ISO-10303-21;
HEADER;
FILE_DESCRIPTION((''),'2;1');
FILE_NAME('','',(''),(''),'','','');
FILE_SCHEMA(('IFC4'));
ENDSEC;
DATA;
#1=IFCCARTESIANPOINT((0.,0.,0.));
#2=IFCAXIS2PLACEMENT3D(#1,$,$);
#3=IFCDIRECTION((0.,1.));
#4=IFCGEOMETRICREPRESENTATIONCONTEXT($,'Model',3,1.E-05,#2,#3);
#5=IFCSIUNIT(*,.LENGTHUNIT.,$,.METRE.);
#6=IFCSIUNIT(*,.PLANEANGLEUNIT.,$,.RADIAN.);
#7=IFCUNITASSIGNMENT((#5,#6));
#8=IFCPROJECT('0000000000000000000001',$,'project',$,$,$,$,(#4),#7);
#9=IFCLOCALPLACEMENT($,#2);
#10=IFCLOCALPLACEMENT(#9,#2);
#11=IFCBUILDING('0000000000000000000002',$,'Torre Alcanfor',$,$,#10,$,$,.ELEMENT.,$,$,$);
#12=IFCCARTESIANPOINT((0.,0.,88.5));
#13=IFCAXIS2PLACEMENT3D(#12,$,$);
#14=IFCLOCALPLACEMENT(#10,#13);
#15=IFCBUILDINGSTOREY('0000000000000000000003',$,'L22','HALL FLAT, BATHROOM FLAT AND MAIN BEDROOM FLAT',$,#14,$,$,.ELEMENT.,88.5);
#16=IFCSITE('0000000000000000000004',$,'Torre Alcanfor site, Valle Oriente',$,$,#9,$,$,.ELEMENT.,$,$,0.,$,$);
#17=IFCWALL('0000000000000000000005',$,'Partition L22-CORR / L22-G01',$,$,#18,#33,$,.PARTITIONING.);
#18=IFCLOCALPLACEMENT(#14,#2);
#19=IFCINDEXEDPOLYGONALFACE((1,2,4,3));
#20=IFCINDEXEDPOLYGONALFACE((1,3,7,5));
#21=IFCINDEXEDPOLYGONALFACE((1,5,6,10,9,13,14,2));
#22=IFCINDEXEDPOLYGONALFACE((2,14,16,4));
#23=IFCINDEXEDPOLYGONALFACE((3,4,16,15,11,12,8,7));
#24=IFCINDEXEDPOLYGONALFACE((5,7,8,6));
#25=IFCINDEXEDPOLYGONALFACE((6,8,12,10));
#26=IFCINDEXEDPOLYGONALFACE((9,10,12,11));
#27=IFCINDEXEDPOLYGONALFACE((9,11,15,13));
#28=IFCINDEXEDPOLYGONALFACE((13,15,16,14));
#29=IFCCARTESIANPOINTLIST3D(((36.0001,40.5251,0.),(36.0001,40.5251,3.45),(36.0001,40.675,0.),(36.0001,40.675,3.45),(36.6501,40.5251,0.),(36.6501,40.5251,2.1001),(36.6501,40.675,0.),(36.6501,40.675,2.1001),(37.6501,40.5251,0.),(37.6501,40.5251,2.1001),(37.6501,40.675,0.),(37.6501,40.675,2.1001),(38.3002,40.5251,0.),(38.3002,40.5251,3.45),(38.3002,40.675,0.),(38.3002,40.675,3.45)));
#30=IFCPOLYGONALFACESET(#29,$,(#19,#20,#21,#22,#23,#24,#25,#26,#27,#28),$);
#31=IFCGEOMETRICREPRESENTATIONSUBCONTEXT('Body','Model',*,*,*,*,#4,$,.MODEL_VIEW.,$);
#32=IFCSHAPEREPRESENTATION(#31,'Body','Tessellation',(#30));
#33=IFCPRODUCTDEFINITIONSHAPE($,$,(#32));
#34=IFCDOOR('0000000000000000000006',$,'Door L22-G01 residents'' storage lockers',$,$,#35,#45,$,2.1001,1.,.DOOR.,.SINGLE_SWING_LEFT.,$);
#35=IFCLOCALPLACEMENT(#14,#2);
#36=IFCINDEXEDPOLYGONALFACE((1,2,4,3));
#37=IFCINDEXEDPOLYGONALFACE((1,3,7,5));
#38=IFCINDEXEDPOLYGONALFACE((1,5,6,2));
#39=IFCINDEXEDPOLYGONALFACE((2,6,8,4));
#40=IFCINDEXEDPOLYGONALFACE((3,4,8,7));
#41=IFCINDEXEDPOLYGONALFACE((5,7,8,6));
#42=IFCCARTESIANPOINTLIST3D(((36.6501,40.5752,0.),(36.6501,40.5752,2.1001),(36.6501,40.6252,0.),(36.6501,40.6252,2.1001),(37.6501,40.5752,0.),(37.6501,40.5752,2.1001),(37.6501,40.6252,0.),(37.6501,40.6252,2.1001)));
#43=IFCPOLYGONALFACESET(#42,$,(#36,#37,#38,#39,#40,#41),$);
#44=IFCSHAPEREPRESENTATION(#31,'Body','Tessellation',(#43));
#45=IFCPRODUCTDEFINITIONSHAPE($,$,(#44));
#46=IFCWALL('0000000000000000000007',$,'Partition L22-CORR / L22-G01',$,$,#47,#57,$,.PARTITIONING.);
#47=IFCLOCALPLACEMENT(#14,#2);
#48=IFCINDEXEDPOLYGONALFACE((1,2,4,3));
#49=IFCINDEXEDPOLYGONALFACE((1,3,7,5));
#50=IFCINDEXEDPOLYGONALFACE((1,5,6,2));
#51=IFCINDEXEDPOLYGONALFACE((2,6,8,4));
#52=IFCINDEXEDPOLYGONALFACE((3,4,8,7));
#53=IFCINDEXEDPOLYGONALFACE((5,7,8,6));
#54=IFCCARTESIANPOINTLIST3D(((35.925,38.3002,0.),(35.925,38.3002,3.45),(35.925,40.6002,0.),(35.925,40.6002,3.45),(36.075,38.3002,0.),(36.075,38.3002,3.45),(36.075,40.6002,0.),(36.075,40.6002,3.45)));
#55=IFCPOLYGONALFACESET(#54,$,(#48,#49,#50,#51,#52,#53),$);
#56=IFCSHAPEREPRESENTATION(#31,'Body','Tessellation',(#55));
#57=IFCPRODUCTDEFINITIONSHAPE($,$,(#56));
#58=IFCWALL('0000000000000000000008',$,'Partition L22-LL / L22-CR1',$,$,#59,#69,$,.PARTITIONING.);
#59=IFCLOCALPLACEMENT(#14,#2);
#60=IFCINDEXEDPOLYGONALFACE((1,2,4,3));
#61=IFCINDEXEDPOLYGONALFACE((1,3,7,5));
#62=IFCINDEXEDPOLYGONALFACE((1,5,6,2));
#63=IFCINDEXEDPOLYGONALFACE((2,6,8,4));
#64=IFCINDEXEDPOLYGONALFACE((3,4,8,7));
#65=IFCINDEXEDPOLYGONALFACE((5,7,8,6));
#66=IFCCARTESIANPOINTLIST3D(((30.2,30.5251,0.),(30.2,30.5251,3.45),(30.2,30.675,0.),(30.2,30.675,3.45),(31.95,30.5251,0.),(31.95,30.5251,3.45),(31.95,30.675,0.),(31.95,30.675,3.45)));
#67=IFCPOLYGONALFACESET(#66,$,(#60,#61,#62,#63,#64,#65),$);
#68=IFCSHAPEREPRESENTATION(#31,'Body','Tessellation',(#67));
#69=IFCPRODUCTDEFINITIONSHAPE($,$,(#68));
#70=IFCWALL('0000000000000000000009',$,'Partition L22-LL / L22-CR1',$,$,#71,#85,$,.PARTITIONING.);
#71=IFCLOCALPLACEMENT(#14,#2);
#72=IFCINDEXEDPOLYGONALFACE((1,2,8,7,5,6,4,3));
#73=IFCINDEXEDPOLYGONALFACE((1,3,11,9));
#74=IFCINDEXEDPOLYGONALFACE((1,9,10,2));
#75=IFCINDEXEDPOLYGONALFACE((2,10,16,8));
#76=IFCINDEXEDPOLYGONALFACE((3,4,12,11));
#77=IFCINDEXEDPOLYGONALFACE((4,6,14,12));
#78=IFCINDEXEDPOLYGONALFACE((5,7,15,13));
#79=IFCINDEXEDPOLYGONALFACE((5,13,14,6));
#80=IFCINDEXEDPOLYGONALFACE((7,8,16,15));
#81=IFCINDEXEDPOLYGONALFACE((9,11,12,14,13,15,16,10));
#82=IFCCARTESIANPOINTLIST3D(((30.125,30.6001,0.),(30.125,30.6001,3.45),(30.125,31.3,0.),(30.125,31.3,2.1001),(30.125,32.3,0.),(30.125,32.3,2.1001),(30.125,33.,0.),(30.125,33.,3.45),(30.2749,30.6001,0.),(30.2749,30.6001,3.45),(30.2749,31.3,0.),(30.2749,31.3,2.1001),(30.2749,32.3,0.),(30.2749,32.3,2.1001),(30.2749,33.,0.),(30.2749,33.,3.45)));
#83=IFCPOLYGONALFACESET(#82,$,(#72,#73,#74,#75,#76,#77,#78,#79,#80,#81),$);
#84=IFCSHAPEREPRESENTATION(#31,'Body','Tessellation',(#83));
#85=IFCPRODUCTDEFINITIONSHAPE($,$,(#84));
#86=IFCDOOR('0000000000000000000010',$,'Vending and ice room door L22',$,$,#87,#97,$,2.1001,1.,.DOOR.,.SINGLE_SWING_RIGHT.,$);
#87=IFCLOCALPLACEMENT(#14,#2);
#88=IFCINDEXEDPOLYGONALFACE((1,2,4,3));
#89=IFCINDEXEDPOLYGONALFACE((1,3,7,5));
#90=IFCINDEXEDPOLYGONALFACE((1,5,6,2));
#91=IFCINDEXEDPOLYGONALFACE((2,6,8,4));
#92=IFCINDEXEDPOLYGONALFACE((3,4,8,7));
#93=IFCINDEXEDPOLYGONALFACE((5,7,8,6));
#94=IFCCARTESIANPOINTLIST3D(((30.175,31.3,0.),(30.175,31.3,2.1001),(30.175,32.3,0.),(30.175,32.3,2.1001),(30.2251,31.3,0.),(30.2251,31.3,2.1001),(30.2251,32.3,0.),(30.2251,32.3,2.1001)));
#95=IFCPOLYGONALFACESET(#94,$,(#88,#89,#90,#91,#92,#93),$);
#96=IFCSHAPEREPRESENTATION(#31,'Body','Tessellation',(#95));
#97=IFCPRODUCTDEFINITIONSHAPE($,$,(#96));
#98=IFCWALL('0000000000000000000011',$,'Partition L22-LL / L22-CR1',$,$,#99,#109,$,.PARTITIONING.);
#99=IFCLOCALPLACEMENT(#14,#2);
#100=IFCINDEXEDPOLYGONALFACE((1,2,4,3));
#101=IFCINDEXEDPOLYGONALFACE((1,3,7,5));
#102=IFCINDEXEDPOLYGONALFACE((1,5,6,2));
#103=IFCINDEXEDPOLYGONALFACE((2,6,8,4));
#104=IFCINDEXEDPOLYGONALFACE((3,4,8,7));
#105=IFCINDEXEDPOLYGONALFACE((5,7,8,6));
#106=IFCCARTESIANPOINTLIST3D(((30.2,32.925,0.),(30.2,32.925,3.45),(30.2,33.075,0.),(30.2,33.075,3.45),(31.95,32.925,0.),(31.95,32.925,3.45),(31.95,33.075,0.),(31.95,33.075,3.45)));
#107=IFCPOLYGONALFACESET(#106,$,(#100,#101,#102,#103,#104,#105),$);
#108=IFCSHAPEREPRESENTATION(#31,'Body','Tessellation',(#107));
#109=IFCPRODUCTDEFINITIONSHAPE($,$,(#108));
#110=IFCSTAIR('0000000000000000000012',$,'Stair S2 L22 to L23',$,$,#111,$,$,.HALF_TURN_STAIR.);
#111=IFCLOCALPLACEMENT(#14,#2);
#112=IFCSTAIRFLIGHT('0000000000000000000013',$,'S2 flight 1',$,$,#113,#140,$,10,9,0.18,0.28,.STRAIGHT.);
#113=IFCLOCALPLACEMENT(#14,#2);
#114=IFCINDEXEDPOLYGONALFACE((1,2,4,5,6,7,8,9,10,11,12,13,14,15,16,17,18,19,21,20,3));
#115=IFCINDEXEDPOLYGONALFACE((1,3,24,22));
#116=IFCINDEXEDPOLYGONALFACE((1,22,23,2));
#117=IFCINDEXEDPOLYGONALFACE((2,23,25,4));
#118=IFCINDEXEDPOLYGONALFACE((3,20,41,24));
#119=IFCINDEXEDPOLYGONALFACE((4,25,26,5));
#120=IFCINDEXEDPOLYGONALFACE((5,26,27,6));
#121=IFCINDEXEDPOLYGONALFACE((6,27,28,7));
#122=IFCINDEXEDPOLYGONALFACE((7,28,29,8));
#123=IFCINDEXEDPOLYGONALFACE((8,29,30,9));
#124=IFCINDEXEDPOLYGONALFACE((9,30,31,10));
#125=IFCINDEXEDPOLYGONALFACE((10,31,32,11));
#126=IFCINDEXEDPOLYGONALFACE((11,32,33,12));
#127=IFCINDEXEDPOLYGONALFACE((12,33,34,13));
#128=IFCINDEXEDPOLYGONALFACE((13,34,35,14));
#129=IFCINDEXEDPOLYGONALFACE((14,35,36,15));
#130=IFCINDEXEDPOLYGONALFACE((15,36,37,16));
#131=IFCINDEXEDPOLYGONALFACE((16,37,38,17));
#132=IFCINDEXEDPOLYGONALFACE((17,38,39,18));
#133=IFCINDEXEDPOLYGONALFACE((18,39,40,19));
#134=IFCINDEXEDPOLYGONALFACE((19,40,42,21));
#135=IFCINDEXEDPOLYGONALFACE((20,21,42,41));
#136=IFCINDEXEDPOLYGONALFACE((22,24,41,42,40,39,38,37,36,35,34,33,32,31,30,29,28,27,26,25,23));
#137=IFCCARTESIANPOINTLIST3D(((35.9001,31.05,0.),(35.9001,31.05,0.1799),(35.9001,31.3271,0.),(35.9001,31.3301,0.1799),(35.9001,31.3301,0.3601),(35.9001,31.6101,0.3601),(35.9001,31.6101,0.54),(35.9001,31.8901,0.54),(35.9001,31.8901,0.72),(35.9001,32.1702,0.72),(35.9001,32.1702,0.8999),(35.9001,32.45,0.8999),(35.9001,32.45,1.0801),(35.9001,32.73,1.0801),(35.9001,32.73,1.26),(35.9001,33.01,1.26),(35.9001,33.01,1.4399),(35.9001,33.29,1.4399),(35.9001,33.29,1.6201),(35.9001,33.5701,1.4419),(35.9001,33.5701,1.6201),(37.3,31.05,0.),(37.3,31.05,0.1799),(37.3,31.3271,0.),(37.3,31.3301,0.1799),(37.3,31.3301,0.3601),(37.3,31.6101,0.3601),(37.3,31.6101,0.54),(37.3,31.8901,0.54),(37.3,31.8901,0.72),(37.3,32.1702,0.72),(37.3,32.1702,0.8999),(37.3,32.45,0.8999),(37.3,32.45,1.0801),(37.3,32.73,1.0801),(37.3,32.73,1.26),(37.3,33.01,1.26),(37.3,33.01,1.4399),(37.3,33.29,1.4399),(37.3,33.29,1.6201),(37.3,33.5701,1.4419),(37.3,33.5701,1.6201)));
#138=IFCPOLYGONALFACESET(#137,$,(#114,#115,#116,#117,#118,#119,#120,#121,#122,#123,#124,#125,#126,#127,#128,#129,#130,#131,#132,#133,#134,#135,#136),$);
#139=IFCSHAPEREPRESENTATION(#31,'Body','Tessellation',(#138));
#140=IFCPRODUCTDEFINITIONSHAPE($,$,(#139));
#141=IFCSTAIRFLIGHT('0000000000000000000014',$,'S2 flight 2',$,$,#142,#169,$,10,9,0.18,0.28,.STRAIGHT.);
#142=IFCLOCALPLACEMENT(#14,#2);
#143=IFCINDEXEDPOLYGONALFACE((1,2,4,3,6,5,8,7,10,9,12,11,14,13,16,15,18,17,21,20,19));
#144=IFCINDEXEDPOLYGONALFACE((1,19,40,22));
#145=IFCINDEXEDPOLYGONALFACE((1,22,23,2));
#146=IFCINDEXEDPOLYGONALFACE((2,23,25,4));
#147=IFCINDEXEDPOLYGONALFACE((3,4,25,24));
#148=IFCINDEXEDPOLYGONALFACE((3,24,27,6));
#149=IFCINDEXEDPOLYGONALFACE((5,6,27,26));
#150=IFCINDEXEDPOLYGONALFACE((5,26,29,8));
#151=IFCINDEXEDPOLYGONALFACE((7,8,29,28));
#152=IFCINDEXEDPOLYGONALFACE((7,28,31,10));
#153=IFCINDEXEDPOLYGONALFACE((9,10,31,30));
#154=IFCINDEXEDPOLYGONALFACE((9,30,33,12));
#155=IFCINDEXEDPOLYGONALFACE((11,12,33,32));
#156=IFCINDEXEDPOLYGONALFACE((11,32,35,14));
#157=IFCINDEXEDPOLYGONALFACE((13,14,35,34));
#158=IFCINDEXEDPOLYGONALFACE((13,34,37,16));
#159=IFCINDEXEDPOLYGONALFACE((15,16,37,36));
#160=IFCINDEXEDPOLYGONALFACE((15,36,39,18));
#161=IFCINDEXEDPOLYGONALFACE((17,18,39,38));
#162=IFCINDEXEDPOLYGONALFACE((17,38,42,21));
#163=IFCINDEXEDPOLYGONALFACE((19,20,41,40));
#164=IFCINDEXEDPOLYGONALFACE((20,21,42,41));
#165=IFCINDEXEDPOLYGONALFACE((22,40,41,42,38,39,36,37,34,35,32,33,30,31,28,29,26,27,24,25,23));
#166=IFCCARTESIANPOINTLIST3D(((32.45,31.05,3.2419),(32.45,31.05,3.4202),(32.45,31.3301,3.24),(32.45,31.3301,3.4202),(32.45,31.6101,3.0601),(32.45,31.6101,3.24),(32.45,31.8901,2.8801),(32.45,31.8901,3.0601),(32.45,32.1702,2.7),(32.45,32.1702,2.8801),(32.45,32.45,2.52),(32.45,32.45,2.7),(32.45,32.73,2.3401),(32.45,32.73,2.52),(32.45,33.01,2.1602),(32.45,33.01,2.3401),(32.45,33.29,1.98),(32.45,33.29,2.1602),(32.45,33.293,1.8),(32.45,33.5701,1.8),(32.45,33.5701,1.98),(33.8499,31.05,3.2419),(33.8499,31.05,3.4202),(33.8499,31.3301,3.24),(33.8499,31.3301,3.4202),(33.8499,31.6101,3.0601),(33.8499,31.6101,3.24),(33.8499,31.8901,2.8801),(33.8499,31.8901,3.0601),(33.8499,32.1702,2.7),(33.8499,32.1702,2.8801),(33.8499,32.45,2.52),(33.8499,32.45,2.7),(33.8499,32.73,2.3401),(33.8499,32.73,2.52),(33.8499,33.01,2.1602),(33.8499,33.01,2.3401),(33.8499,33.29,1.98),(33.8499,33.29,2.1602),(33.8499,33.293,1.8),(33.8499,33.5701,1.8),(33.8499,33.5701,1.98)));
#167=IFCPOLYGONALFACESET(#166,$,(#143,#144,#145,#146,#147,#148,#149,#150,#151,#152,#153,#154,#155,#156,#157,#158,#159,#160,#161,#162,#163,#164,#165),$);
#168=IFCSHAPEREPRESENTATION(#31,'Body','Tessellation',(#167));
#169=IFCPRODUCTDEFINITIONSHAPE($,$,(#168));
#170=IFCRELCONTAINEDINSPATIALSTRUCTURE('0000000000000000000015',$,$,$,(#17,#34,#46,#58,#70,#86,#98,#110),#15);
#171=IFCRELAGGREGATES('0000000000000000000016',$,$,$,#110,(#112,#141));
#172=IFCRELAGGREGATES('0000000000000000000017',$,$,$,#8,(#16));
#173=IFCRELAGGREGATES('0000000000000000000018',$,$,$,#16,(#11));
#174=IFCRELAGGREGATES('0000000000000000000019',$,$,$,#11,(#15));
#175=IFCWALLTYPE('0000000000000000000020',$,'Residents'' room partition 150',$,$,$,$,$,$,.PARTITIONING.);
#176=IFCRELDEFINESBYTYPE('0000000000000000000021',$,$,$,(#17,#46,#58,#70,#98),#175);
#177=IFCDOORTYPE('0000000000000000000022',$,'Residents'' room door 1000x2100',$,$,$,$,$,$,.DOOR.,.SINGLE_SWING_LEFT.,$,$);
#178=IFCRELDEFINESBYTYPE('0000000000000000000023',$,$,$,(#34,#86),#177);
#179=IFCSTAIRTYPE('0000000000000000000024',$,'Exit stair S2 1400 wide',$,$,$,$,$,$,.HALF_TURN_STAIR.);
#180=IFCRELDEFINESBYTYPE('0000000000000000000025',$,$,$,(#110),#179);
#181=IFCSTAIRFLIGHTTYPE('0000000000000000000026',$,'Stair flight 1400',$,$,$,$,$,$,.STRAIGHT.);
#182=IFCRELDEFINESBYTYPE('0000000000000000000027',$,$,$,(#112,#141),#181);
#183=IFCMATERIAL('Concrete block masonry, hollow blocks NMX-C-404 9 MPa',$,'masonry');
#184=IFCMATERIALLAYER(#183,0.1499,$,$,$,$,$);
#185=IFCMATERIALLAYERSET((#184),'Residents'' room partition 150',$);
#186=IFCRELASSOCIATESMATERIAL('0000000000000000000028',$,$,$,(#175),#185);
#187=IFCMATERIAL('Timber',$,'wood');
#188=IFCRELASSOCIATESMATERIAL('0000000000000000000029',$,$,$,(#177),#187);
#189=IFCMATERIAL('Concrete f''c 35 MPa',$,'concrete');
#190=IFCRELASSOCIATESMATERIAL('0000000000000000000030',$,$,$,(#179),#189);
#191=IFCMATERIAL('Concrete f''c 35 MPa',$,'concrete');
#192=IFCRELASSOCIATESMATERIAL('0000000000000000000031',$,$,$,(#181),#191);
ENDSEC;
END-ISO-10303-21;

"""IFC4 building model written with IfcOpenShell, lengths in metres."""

from ifc_helpers import new_model, si_unit, direction, frame, frame_2d, origin, place, context, subcontext, project, spatial, polyline, rectangle, outline, extrude, material, layer, layer_set, type_object, element, fill, aggregate, save


model = new_model("IFC4")

# Units and contexts
model_context = context("Model", 3, precision=1e-05, world=origin(), true_north=direction((0.0, 1.0)))
body_context = subcontext(model_context, "Body", "Model", "MODEL_VIEW")
ifc_project = project(units=[si_unit("LENGTHUNIT", "METRE"), si_unit("PLANEANGLEUNIT", "RADIAN")], contexts=[model_context])

# Site, building, storey
site_placement = place(None, origin())
site = spatial("IfcSite", under=ifc_project, at=site_placement, Name="Torre Alcanfor site, Valle Oriente", CompositionType="ELEMENT", RefElevation=0.0)
building_placement = place(site_placement, origin())
building = spatial("IfcBuilding", under=site, at=building_placement, Name="Torre Alcanfor", CompositionType="ELEMENT")
storey_placement = place(building_placement, frame((0.0, 0.0, 88.5)))
storey = spatial("IfcBuildingStorey", under=building, at=storey_placement, Name="L22", Description="HALL FLAT, BATHROOM FLAT AND MAIN BEDROOM FLAT", CompositionType="ELEMENT", Elevation=88.5)

# Shared definitions
ifc_material_1 = material(Name="Concrete block masonry, hollow blocks NMX-C-404 9 MPa", Category="masonry")
ifc_layer_1 = layer(ifc_material_1, 0.1499)
ifc_layer_set_1 = layer_set([ifc_layer_1], Name="Residents' room partition 150")
wall_type_1 = type_object("IfcWallType", Name="Residents' room partition 150", PredefinedType="PARTITIONING", material=ifc_layer_set_1)

# Wall, opening, door
wall_1_placement = place(storey_placement, frame((38.3, 40.6001, 0.0), z_axis=(0.0, 0.0, 1.0), x_axis=(-1.0, 0.0, 0.0)))
wall_1 = element("IfcWall", 1, at=wall_1_placement, inside=storey, type_object=wall_type_1, Name="Partition L22-CORR / L22-G01", PredefinedType="PARTITIONING", context=body_context, shape_type="SweptSolid", body=[
    extrude(rectangle(XDim=2.3, YDim=0.1499, at=frame_2d((1.1499, 0.0))), origin(), (0.0, 0.0, 1.0), 3.45),
])
opening_1_placement = place(wall_1_placement, frame((0.6499, 0.0, 0.0)))
opening_1 = element("IfcOpeningElement", 2, at=opening_1_placement, cuts=wall_1, PredefinedType="OPENING", context=body_context, shape_type="SweptSolid", body=[
    extrude(rectangle(XDim=1.0, YDim=2.1001, at=frame_2d((0.5, 1.05))), frame((0.0, 0.085, 0.0), z_axis=(0.0, -1.0, 0.0), x_axis=(1.0, 0.0, 0.0)), (0.0, 0.0, 1.0), 0.1699),
])
ifc_material_2 = material(Name="Timber", Category="wood")
door_type_1 = type_object("IfcDoorType", Name="Residents' room door 1000x2100", OperationType="SINGLE_SWING_LEFT", PredefinedType="DOOR", material=ifc_material_2)
door_1_placement = place(opening_1_placement, origin())
door_1 = element("IfcDoor", 3, at=door_1_placement, inside=storey, type_object=door_type_1, Name="Door L22-G01 residents' storage lockers", OperationType="SINGLE_SWING_LEFT", OverallHeight=2.1001, OverallWidth=1.0, PredefinedType="DOOR", context=body_context, shape_type="SweptSolid", body=[
    extrude(rectangle(XDim=1.0, YDim=2.1001, at=frame_2d((0.5, 1.05))), frame((0.0, 0.0249, 0.0), z_axis=(0.0, -1.0, 0.0), x_axis=(1.0, 0.0, 0.0)), (0.0, 0.0, 1.0), 0.05),
])
fill(opening_1, door_1)

# Walls
wall_2_placement = place(storey_placement, frame((36.0, 40.6001, 0.0), z_axis=(0.0, 0.0, 1.0), x_axis=(0.0, -1.0, 0.0)))
element("IfcWall", 4, at=wall_2_placement, inside=storey, type_object=wall_type_1, Name="Partition L22-CORR / L22-G01", PredefinedType="PARTITIONING", context=body_context, shape_type="SweptSolid", body=[
    extrude(rectangle(XDim=2.3, YDim=0.1499, at=frame_2d((1.1499, 0.0))), origin(), (0.0, 0.0, 1.0), 3.45),
])
wall_3_placement = place(storey_placement, frame((31.95, 30.6001, 0.0), z_axis=(0.0, 0.0, 1.0), x_axis=(-1.0, 0.0, 0.0)))
element("IfcWall", 5, at=wall_3_placement, inside=storey, type_object=wall_type_1, Name="Partition L22-LL / L22-CR1", PredefinedType="PARTITIONING", context=body_context, shape_type="SweptSolid", body=[
    extrude(rectangle(XDim=1.75, YDim=0.1499, at=frame_2d((0.875, 0.0))), origin(), (0.0, 0.0, 1.0), 3.45),
])

# Wall, opening, door
wall_4_placement = place(storey_placement, frame((30.2, 30.6001, 0.0), z_axis=(0.0, 0.0, 1.0), x_axis=(0.0, 1.0, 0.0)))
wall_4 = element("IfcWall", 6, at=wall_4_placement, inside=storey, type_object=wall_type_1, Name="Partition L22-LL / L22-CR1", PredefinedType="PARTITIONING", context=body_context, shape_type="SweptSolid", body=[
    extrude(rectangle(XDim=2.3999, YDim=0.1499, at=frame_2d((1.2, 0.0))), origin(), (0.0, 0.0, 1.0), 3.45),
])
opening_2_placement = place(wall_4_placement, frame((0.7, 0.0, 0.0)))
opening_2 = element("IfcOpeningElement", 7, at=opening_2_placement, cuts=wall_4, PredefinedType="OPENING", context=body_context, shape_type="SweptSolid", body=[
    extrude(rectangle(XDim=1.0, YDim=2.1001, at=frame_2d((0.5, 1.05))), frame((0.0, 0.085, 0.0), z_axis=(0.0, -1.0, 0.0), x_axis=(1.0, 0.0, 0.0)), (0.0, 0.0, 1.0), 0.1699),
])
door_2_placement = place(opening_2_placement, frame((1.0, 0.0, 0.0), z_axis=(0.0, 0.0, 1.0), x_axis=(-1.0, 0.0, 0.0)))
door_2 = element("IfcDoor", 8, at=door_2_placement, inside=storey, type_object=door_type_1, Name="Vending and ice room door L22", OperationType="SINGLE_SWING_RIGHT", OverallHeight=2.1001, OverallWidth=1.0, PredefinedType="DOOR", context=body_context, shape_type="SweptSolid", body=[
    extrude(rectangle(XDim=1.0, YDim=2.1001, at=frame_2d((0.5, 1.05))), frame((0.0, 0.0251, 0.0), z_axis=(0.0, -1.0, 0.0), x_axis=(1.0, 0.0, 0.0)), (0.0, 0.0, 1.0), 0.05),
])
fill(opening_2, door_2)

# Wall
wall_5_placement = place(storey_placement, frame((30.2, 33.0, 0.0), z_axis=(0.0, 0.0, 1.0), x_axis=(1.0, 0.0, 0.0)))
element("IfcWall", 9, at=wall_5_placement, inside=storey, type_object=wall_type_1, Name="Partition L22-LL / L22-CR1", PredefinedType="PARTITIONING", context=body_context, shape_type="SweptSolid", body=[
    extrude(rectangle(XDim=1.75, YDim=0.1499, at=frame_2d((0.875, 0.0))), origin(), (0.0, 0.0, 1.0), 3.45),
])

# Stair, stair flights
ifc_material_3 = material(Name="Concrete f'c 35 MPa", Category="concrete")
stair_type = type_object("IfcStairType", Name="Exit stair S2 1400 wide", PredefinedType="HALF_TURN_STAIR", material=ifc_material_3)
stair_placement = place(storey_placement, origin())
stair = element("IfcStair", 10, at=stair_placement, inside=storey, type_object=stair_type, Name="Stair S2 L22 to L23", PredefinedType="HALF_TURN_STAIR")
ifc_material_4 = material(Name="Concrete f'c 35 MPa", Category="concrete")
stair_flight_type = type_object("IfcStairFlightType", Name="Stair flight 1400", PredefinedType="STRAIGHT", material=ifc_material_4)
stair_flight_1_placement = place(storey_placement, frame((36.6001, 31.05, 0.0), z_axis=(0.0, 0.0, 1.0), x_axis=(0.0, 1.0, 0.0)))
stair_flight_1 = element("IfcStairFlight", 11, at=stair_flight_1_placement, type_object=stair_flight_type, Name="S2 flight 1", NumberOfRisers=10, NumberOfTreads=9, PredefinedType="STRAIGHT", RiserHeight=0.18, TreadLength=0.28, context=body_context, shape_type="SweptSolid", body=[
    extrude(outline(polyline([(0.0, 0.0), (0.0, 0.1799), (0.28, 0.1799), (0.28, 0.3601), (0.5601, 0.3601), (0.5601, 0.54), (0.8401, 0.54), (0.8401, 0.72), (1.1201, 0.72), (1.1201, 0.8999), (1.3999, 0.8999), (1.3999, 1.0801), (1.6799, 1.0801), (1.6799, 1.26), (1.96, 1.26), (1.96, 1.4399), (2.24, 1.4399), (2.24, 1.6201), (2.52, 1.6201), (2.52, 1.8), (2.52, 1.4419), (0.2771, 0.0), (0.0, 0.0)])), frame((0.0, 0.7, 0.0), z_axis=(0.0, -1.0, 0.0), x_axis=(1.0, 0.0, 0.0)), (0.0, 0.0, 1.0), 1.3999),
])
stair_flight_2_placement = place(storey_placement, frame((33.1499, 33.5701, 1.8), z_axis=(0.0, 0.0, 1.0), x_axis=(0.0, -1.0, 0.0)))
stair_flight_2 = element("IfcStairFlight", 12, at=stair_flight_2_placement, type_object=stair_flight_type, Name="S2 flight 2", NumberOfRisers=10, NumberOfTreads=9, PredefinedType="STRAIGHT", RiserHeight=0.18, TreadLength=0.28, context=body_context, shape_type="SweptSolid", body=[
    extrude(outline(polyline([(0.0, 0.0), (0.0, 0.1799), (0.28, 0.1799), (0.28, 0.3601), (0.5601, 0.3601), (0.5601, 0.54), (0.8401, 0.54), (0.8401, 0.72), (1.1201, 0.72), (1.1201, 0.8999), (1.3999, 0.8999), (1.3999, 1.0801), (1.6799, 1.0801), (1.6799, 1.26), (1.96, 1.26), (1.96, 1.4399), (2.24, 1.4399), (2.24, 1.6201), (2.52, 1.6201), (2.52, 1.8), (2.52, 1.4419), (0.2771, 0.0), (0.0, 0.0)])), frame((0.0, 0.7, 0.0), z_axis=(0.0, -1.0, 0.0), x_axis=(1.0, 0.0, 0.0)), (0.0, 0.0, 1.0), 1.3999),
])
aggregate(stair, [stair_flight_1, stair_flight_2])

save(model, "model.ifc")
